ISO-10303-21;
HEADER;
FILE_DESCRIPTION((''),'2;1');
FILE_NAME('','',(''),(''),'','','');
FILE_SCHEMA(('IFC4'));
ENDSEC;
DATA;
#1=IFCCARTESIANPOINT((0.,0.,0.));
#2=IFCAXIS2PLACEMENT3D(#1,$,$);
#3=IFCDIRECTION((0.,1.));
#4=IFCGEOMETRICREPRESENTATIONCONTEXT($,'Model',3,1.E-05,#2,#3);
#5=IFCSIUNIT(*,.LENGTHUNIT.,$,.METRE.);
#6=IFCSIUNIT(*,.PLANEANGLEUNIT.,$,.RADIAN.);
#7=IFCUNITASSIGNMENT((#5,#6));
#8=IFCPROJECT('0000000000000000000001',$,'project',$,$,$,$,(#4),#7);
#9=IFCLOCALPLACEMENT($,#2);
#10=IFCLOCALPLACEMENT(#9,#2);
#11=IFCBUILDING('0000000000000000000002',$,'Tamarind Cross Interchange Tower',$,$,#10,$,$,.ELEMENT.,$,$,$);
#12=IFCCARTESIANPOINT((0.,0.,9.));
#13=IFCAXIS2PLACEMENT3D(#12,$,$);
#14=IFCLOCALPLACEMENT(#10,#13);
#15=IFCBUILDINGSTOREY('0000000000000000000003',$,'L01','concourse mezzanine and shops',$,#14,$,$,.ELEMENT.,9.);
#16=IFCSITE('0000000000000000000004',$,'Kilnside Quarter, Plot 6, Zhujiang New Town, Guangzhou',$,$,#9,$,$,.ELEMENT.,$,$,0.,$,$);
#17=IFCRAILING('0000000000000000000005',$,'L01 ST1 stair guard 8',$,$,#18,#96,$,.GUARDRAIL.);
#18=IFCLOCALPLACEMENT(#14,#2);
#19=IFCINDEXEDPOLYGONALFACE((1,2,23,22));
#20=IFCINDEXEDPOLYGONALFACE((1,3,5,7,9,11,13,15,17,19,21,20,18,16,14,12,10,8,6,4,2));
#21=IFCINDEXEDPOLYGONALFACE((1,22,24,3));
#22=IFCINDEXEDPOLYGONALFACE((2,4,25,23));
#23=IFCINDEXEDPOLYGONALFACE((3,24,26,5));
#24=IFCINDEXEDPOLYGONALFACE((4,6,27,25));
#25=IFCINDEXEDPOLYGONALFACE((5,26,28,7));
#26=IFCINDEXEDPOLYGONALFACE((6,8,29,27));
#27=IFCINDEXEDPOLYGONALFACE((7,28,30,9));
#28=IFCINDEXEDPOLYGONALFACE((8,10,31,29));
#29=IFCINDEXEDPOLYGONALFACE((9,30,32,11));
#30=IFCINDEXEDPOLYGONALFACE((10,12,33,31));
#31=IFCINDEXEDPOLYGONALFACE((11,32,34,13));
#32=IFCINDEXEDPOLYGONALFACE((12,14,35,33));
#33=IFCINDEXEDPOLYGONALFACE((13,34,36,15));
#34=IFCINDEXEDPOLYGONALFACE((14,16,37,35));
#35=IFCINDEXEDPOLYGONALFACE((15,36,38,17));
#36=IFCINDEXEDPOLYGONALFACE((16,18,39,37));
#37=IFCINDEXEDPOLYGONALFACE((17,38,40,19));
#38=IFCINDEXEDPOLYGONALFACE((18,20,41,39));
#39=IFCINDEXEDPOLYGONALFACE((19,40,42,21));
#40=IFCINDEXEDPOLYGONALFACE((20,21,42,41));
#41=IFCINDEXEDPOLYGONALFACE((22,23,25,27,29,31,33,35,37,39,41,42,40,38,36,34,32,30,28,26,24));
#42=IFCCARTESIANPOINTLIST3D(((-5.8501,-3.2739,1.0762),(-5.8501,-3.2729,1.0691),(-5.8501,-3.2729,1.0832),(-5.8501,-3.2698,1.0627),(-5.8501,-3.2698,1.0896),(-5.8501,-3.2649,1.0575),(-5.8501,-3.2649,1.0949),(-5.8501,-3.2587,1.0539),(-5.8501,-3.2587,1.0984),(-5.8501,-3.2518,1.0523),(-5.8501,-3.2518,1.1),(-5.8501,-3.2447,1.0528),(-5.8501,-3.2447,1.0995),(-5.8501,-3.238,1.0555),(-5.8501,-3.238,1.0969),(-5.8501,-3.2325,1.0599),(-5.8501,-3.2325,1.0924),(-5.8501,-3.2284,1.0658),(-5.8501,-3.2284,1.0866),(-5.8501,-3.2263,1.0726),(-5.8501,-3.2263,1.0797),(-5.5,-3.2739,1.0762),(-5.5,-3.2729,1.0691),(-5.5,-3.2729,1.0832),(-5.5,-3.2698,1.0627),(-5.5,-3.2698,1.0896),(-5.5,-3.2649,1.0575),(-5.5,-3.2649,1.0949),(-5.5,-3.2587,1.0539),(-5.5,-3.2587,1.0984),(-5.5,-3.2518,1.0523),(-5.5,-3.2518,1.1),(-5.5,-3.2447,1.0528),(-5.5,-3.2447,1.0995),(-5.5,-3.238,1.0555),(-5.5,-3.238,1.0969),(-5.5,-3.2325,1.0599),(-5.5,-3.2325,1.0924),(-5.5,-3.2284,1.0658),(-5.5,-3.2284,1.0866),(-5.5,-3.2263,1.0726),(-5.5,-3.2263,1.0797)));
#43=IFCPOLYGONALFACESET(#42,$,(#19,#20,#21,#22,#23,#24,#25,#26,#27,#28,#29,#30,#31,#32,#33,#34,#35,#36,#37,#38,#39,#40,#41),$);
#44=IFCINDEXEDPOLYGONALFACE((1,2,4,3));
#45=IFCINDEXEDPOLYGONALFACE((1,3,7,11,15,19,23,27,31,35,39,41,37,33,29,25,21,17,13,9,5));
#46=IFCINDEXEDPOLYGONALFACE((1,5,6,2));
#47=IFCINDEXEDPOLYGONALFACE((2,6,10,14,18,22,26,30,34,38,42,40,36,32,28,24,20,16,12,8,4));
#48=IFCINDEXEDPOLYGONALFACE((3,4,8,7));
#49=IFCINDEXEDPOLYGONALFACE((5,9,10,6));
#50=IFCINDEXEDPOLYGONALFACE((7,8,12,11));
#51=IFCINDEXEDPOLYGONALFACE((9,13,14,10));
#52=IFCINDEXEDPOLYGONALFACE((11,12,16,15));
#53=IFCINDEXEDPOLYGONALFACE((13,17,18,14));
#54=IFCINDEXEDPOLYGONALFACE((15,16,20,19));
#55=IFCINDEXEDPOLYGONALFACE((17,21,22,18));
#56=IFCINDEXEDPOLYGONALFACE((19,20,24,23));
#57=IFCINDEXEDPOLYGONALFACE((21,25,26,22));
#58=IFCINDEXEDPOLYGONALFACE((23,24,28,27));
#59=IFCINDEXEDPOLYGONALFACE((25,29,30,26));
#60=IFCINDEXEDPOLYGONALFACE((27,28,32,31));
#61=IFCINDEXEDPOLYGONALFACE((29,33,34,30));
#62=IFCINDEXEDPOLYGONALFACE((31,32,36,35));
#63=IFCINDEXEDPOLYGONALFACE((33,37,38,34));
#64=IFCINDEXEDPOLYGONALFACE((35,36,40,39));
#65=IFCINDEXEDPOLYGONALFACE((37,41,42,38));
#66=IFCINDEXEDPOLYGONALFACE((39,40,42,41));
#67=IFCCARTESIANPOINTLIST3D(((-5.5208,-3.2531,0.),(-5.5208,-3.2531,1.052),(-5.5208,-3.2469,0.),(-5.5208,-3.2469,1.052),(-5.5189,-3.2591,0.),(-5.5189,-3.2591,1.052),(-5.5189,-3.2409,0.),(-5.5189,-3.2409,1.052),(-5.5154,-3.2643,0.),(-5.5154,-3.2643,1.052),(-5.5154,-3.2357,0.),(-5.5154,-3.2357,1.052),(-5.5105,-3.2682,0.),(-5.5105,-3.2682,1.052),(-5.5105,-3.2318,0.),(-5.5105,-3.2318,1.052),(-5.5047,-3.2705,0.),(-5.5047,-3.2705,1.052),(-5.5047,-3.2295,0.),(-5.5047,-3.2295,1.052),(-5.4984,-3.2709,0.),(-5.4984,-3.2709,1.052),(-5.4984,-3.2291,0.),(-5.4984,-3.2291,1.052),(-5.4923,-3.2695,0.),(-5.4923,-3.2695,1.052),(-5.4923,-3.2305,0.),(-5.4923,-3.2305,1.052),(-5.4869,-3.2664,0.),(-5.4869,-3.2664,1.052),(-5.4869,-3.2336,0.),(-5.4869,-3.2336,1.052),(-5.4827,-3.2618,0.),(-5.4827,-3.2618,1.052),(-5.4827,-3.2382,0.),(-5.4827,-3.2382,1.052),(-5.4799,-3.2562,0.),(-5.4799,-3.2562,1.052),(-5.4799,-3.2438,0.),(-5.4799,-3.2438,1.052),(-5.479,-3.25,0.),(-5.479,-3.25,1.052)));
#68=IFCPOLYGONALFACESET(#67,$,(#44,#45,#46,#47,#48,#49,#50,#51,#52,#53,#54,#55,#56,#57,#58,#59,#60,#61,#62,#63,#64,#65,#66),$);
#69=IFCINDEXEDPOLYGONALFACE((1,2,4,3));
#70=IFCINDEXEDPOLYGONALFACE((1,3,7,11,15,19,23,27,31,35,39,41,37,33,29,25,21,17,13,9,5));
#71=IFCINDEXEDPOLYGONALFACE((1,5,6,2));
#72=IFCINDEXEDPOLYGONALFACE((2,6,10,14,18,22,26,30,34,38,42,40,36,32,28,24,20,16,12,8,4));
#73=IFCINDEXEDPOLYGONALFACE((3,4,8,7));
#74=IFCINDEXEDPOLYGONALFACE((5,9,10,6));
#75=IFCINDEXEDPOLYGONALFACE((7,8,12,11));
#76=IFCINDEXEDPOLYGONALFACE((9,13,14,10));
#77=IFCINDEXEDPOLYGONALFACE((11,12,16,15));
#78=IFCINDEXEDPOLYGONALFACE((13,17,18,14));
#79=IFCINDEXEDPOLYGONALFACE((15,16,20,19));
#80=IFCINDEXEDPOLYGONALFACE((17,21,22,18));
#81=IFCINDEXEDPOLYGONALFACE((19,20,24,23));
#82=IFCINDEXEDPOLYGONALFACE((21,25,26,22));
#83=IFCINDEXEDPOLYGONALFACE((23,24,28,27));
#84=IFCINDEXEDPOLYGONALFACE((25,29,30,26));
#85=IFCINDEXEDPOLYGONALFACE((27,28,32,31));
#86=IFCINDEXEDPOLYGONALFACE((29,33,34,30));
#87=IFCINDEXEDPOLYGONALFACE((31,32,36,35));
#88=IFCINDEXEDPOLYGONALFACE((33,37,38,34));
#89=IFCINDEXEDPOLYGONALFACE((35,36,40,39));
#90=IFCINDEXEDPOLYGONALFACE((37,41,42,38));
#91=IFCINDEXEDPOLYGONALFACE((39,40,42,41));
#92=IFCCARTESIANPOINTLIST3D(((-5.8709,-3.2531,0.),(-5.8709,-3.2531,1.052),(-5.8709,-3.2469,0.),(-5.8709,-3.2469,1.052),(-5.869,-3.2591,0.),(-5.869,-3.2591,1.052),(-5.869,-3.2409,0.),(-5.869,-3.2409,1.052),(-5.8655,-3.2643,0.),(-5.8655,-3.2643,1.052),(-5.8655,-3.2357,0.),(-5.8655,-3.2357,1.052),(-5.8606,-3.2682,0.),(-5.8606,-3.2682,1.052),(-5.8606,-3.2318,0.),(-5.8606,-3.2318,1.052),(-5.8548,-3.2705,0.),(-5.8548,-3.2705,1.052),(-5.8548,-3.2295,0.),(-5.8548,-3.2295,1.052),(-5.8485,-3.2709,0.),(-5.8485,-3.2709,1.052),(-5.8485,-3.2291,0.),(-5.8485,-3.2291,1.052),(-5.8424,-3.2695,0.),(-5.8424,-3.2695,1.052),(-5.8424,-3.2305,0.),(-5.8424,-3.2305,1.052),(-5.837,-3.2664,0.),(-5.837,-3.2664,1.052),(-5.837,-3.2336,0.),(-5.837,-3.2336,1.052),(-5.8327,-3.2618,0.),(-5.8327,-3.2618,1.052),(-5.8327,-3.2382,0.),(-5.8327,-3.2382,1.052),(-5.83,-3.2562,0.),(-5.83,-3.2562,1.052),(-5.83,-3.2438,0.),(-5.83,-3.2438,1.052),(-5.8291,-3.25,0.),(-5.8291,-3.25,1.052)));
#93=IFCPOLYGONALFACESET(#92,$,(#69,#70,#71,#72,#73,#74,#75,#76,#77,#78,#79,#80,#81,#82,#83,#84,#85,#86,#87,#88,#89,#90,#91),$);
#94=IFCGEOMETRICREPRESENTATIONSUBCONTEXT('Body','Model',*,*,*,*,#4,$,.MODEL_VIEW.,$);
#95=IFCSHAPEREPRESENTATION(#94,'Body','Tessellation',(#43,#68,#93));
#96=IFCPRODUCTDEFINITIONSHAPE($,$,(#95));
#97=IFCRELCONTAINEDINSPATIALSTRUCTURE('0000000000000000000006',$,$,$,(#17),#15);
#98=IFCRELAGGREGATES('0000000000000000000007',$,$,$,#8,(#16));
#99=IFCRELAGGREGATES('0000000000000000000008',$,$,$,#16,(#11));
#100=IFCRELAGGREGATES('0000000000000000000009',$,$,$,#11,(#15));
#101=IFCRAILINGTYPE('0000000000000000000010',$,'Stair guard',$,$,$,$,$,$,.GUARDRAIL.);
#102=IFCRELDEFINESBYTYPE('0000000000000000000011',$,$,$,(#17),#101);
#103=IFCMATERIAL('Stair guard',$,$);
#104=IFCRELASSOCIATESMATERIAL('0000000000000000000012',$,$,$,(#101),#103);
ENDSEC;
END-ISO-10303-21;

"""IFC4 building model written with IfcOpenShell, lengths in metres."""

from ifc_helpers import new_model, si_unit, direction, frame, origin, origin_2d, place, context, subcontext, project, spatial, circle, extrude, material, type_object, element, save


model = new_model("IFC4")

# Units and contexts
model_context = context("Model", 3, precision=1e-05, world=origin(), true_north=direction((0.0, 1.0)))
body_context = subcontext(model_context, "Body", "Model", "MODEL_VIEW")
ifc_project = project(units=[si_unit("LENGTHUNIT", "METRE"), si_unit("PLANEANGLEUNIT", "RADIAN")], contexts=[model_context])

# Site, building, storey
site_placement = place(None, origin())
site = spatial("IfcSite", under=ifc_project, at=site_placement, Name="Kilnside Quarter, Plot 6, Zhujiang New Town, Guangzhou", CompositionType="ELEMENT", RefElevation=0.0)
building_placement = place(site_placement, origin())
building = spatial("IfcBuilding", under=site, at=building_placement, Name="Tamarind Cross Interchange Tower", CompositionType="ELEMENT")
storey_placement = place(building_placement, frame((0.0, 0.0, 9.0)))
storey = spatial("IfcBuildingStorey", under=building, at=storey_placement, Name="L01", Description="concourse mezzanine and shops", CompositionType="ELEMENT", Elevation=9.0)

# Railing
ifc_material_1 = material(Name="Stair guard")
railing_type_1 = type_object("IfcRailingType", Name="Stair guard", PredefinedType="GUARDRAIL", material=ifc_material_1)
railing_1_placement = place(storey_placement, frame((-5.5, -3.25, 0.0)))
element("IfcRailing", 1, at=railing_1_placement, inside=storey, type_object=railing_type_1, Name="L01 ST1 stair guard 8", PredefinedType="GUARDRAIL", context=body_context, shape_type="SweptSolid", body=[
    extrude(circle(Radius=0.0239, at=origin_2d()), frame((0.0, 0.0, 1.0762), z_axis=(-1.0, 0.0, 0.0), x_axis=(0.0, -1.0, 0.0)), (0.0, 0.0, 1.0), 0.3501),
    extrude(circle(Radius=0.021, at=origin_2d()), origin(), (0.0, 0.0, 1.0), 1.052),
    extrude(circle(Radius=0.021, at=origin_2d()), frame((-0.3501, 0.0, 0.0)), (0.0, 0.0, 1.0), 1.052),
])

save(model, "model.ifc")
